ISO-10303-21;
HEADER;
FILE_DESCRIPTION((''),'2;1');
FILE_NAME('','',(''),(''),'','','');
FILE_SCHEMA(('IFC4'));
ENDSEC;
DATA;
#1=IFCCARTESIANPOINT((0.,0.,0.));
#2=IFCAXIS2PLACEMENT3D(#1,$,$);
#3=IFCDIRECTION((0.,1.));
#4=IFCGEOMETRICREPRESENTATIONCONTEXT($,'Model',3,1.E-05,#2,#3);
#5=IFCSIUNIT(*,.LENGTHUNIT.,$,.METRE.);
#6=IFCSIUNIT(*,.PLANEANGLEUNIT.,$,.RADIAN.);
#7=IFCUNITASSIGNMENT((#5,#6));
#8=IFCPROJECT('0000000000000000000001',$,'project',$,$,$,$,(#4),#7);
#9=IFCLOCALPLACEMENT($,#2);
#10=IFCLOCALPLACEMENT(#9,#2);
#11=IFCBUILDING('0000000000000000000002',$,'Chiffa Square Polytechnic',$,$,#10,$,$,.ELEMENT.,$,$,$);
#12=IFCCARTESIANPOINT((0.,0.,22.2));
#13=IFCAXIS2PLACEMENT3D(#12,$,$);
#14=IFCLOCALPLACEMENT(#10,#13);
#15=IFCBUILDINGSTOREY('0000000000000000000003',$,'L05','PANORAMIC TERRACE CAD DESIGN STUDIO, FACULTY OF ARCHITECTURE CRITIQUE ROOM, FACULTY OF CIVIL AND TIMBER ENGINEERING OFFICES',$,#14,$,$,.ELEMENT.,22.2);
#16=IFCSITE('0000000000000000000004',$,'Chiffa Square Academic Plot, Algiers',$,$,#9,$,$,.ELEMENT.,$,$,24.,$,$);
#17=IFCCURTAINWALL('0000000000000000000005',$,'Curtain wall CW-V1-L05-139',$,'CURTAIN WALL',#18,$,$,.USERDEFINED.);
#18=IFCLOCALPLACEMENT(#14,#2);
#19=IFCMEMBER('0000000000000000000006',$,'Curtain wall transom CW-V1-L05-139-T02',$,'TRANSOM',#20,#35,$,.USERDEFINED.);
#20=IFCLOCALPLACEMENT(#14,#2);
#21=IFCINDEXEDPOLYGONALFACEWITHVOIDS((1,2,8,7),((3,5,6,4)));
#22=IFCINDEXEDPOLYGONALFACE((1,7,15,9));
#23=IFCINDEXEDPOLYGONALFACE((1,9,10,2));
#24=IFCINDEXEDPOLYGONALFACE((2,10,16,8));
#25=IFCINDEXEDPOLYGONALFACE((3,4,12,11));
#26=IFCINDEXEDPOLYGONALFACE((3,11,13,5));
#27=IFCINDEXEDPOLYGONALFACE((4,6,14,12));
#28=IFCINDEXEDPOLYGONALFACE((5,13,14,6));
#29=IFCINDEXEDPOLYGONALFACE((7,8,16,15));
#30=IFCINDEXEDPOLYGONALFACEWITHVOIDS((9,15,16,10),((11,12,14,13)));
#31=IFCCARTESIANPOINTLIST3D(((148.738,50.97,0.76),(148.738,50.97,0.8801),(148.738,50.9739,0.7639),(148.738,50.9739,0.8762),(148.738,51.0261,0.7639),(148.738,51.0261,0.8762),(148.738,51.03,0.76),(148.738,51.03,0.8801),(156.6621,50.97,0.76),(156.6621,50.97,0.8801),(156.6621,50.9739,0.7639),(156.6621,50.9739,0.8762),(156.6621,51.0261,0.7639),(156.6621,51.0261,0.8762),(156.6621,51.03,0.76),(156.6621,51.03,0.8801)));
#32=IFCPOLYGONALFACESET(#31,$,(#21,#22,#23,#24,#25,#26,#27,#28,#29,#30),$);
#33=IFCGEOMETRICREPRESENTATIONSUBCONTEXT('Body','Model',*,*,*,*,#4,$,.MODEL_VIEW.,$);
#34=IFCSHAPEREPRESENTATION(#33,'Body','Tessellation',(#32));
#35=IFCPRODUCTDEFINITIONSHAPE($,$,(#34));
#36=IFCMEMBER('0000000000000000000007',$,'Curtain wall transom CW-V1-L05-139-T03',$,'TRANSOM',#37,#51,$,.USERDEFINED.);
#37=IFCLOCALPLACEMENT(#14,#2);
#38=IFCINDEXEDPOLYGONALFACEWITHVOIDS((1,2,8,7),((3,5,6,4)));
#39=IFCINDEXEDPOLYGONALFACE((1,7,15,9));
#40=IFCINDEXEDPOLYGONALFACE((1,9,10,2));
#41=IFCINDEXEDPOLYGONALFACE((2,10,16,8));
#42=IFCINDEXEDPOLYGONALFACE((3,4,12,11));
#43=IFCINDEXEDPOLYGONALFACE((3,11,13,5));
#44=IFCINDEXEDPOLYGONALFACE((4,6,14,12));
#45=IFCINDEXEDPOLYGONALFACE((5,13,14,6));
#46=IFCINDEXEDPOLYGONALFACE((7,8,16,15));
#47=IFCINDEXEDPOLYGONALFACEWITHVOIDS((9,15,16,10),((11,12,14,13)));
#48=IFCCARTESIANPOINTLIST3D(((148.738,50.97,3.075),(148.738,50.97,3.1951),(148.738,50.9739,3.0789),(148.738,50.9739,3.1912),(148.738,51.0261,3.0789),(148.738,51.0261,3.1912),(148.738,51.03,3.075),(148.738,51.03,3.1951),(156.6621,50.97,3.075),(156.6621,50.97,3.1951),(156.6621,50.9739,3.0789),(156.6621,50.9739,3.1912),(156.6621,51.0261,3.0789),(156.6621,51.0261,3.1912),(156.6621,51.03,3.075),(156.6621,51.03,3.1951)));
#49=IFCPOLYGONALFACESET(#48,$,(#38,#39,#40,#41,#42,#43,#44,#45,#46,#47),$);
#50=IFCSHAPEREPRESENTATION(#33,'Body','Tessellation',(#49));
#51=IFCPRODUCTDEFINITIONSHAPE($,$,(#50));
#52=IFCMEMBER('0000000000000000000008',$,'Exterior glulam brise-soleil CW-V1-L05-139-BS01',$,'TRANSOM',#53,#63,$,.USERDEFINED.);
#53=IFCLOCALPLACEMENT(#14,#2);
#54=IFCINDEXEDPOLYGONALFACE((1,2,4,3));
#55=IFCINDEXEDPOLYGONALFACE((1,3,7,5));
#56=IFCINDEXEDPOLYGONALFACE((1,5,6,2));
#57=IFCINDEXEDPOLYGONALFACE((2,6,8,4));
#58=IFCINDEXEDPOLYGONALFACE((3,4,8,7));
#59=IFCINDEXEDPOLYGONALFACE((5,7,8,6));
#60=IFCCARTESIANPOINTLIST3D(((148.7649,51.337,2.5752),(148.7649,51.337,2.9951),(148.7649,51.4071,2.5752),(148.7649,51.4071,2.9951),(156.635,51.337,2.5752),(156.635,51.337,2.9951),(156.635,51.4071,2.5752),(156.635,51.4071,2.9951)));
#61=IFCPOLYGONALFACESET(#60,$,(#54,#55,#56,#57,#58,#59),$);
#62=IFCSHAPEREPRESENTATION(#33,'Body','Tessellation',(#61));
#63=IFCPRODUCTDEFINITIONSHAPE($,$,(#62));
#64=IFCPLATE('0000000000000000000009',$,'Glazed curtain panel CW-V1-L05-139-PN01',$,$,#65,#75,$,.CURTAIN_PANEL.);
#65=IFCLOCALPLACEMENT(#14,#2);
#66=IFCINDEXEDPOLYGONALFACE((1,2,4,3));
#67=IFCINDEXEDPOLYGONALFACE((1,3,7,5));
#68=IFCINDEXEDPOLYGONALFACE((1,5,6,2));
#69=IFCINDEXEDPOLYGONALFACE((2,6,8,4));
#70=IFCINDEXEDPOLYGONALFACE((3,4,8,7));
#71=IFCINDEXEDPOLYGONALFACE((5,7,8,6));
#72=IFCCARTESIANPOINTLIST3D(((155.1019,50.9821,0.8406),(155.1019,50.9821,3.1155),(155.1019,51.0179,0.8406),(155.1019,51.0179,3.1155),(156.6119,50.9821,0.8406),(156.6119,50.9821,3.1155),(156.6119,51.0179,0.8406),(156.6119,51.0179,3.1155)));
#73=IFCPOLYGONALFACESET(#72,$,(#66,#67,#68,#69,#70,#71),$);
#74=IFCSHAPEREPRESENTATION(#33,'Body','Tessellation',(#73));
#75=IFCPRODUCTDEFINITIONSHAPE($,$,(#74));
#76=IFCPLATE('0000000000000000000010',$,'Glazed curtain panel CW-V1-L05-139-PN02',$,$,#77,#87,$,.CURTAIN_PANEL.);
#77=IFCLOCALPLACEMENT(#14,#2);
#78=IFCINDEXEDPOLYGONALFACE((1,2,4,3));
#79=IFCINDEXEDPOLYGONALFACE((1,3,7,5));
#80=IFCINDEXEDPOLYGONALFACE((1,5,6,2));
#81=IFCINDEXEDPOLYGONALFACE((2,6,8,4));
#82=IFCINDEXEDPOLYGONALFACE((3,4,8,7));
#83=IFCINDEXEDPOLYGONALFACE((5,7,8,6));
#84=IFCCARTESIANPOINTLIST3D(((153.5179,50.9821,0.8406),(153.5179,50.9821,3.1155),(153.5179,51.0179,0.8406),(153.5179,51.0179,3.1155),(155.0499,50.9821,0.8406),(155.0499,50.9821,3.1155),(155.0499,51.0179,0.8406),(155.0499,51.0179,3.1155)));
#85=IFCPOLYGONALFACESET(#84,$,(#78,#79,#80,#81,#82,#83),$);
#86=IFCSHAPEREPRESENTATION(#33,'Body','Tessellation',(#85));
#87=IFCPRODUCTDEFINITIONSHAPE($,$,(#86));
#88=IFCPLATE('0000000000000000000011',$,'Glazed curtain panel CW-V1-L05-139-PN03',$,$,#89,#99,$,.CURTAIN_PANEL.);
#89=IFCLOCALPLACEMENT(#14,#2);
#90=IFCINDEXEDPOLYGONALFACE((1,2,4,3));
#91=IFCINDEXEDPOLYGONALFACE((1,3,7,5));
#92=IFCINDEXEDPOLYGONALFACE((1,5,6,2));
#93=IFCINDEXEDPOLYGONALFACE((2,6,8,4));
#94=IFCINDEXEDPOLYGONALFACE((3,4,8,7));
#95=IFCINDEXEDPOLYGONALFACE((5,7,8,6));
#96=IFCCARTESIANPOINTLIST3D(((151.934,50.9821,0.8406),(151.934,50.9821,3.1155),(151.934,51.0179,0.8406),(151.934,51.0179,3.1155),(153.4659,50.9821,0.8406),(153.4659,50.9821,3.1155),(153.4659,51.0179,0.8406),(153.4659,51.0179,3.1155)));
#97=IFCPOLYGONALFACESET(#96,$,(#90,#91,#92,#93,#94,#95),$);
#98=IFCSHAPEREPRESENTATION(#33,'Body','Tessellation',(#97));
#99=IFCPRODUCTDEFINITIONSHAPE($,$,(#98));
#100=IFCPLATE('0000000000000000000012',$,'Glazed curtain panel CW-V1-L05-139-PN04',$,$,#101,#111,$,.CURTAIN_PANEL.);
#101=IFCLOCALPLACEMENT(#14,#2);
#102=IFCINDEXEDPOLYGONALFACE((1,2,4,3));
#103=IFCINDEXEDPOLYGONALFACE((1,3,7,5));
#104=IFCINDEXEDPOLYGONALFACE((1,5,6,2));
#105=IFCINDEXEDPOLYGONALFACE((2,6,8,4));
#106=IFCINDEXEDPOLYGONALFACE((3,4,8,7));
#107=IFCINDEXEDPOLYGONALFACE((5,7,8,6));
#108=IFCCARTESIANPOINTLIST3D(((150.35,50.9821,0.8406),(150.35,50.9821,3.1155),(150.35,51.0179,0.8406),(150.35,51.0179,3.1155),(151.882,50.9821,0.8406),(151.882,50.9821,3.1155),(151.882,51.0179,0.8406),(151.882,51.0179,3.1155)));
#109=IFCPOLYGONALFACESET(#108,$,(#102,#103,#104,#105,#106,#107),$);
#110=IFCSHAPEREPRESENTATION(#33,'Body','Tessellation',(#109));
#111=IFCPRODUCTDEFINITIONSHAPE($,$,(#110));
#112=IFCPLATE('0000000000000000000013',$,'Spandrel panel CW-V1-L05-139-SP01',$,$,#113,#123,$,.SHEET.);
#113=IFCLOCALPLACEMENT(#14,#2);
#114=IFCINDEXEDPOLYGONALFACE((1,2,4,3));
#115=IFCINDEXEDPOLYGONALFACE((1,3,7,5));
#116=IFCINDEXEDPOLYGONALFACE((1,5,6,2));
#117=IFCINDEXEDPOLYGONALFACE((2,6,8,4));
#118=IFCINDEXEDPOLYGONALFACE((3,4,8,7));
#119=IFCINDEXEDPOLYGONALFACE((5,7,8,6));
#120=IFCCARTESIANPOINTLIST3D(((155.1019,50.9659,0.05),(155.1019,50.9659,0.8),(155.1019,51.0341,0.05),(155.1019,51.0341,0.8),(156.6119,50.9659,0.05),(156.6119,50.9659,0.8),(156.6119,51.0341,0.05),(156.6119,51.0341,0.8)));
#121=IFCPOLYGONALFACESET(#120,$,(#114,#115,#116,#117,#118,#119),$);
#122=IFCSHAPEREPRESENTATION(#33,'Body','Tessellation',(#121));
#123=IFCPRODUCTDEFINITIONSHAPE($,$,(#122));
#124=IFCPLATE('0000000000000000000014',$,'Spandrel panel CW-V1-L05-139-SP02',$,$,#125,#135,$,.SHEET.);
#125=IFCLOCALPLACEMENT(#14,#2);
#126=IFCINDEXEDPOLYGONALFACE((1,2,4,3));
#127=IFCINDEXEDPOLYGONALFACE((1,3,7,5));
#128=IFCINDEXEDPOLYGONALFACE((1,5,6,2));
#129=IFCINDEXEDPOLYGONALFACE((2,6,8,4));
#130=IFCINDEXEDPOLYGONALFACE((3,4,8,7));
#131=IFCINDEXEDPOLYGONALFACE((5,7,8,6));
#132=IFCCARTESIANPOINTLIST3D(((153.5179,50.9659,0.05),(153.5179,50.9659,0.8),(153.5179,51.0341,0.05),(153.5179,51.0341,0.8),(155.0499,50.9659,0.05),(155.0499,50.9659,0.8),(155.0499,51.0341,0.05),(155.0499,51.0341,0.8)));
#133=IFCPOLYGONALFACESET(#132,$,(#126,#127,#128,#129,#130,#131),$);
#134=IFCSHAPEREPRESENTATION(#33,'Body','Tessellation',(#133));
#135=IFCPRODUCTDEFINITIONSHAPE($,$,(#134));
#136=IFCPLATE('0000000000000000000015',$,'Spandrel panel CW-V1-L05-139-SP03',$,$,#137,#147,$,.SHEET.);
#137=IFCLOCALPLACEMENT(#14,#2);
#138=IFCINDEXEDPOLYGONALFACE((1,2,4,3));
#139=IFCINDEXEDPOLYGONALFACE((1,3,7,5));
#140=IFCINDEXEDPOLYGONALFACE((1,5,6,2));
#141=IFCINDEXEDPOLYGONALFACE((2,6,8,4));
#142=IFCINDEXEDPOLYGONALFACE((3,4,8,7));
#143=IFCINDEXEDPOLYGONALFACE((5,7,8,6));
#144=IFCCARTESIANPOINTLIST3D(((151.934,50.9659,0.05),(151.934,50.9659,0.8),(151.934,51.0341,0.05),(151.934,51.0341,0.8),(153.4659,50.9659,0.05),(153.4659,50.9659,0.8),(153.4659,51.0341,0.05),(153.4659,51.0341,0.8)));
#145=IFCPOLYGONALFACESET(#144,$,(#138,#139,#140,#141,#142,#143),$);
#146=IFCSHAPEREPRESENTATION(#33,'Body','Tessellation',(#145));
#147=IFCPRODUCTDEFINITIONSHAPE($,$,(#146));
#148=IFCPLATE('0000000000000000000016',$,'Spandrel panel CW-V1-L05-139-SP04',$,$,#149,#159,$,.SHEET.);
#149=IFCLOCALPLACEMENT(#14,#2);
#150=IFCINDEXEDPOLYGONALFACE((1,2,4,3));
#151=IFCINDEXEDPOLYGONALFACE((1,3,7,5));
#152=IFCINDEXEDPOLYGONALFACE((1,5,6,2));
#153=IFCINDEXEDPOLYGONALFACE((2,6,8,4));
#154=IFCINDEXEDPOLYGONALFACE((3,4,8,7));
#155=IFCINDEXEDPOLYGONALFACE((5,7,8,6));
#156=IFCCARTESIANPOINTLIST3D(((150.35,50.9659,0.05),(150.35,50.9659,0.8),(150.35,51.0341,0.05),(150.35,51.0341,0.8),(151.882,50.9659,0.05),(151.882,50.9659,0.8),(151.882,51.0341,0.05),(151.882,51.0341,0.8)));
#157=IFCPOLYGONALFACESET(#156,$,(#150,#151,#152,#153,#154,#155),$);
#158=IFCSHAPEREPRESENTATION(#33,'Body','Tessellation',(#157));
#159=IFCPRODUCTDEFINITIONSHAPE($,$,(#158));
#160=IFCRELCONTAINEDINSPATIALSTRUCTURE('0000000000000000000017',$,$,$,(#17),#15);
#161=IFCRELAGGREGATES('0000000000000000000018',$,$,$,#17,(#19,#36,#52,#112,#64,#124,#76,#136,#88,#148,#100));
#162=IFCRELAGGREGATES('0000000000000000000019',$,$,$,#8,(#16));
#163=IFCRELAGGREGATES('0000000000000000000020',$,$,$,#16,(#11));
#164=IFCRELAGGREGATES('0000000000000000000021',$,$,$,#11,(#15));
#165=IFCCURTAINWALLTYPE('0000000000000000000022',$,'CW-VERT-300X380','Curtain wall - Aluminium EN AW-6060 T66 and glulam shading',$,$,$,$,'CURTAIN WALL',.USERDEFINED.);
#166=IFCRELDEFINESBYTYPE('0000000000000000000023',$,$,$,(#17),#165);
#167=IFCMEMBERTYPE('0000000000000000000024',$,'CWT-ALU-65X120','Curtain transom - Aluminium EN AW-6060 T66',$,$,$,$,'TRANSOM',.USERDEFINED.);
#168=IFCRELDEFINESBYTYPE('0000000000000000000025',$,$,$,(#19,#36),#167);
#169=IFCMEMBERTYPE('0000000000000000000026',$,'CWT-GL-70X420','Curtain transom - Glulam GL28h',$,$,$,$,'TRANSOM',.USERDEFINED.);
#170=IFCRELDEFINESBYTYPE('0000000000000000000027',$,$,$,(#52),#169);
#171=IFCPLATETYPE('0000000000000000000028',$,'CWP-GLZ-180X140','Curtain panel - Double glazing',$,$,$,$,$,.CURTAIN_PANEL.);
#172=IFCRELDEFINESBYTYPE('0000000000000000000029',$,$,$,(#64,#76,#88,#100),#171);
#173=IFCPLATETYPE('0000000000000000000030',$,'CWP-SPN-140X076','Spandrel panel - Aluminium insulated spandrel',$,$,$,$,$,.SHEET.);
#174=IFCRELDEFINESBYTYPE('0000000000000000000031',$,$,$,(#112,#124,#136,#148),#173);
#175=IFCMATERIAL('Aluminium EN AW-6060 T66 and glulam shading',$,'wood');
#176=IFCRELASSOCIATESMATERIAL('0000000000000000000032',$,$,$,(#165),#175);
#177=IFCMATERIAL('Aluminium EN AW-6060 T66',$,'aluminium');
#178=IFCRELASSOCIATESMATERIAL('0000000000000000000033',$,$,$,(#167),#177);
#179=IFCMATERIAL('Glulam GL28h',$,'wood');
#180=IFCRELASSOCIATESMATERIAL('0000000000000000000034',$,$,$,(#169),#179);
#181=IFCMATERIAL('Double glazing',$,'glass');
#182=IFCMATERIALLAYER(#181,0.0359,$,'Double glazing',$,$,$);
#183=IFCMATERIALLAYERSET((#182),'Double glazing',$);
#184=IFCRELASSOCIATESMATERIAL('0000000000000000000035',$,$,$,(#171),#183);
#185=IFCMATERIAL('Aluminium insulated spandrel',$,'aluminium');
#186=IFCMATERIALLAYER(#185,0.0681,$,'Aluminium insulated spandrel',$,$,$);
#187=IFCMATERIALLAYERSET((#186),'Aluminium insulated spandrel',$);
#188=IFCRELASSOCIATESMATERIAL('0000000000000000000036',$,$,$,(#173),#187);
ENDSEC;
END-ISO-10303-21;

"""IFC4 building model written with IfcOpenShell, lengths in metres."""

from ifc_helpers import new_model, si_unit, direction, frame, origin, origin_2d, place, context, subcontext, project, spatial, rectangle, hollow_rectangle, extrude, material, layer, layer_set, material_profile, profile_set, type_object, element, aggregate, save


model = new_model("IFC4")

# Units and contexts
model_context = context("Model", 3, precision=1e-05, world=origin(), true_north=direction((0.0, 1.0)))
body_context = subcontext(model_context, "Body", "Model", "MODEL_VIEW")
ifc_project = project(units=[si_unit("LENGTHUNIT", "METRE"), si_unit("PLANEANGLEUNIT", "RADIAN")], contexts=[model_context])

# Site, building, storey
site_placement = place(None, origin())
site = spatial("IfcSite", under=ifc_project, at=site_placement, Name="Chiffa Square Academic Plot, Algiers", CompositionType="ELEMENT", RefElevation=24.0)
building_placement = place(site_placement, origin())
building = spatial("IfcBuilding", under=site, at=building_placement, Name="Chiffa Square Polytechnic", CompositionType="ELEMENT")
storey_placement = place(building_placement, frame((0.0, 0.0, 22.2)))
storey = spatial("IfcBuildingStorey", under=building, at=storey_placement, Name="L05", Description="PANORAMIC TERRACE CAD DESIGN STUDIO, FACULTY OF ARCHITECTURE CRITIQUE ROOM, FACULTY OF CIVIL AND TIMBER ENGINEERING OFFICES", CompositionType="ELEMENT", Elevation=22.2)

# Curtain wall, members, plates
ifc_material_1 = material(Name="Aluminium EN AW-6060 T66 and glulam shading", Category="wood")
curtain_wall_type = type_object("IfcCurtainWallType", Name="CW-VERT-300X380", Description="Curtain wall - Aluminium EN AW-6060 T66 and glulam shading", ElementType="CURTAIN WALL", PredefinedType="USERDEFINED", material=ifc_material_1)
curtain_wall_placement = place(storey_placement, origin())
curtain_wall = element("IfcCurtainWall", 1, at=curtain_wall_placement, inside=storey, type_object=curtain_wall_type, Name="Curtain wall CW-V1-L05-139", ObjectType="CURTAIN WALL", PredefinedType="USERDEFINED")
ifc_material_2 = material(Name="Aluminium EN AW-6060 T66", Category="aluminium")
ifc_material_3 = material(Name="Glulam GL28h", Category="wood")
ifc_material_profile_1 = material_profile(ifc_material_2, hollow_rectangle(XDim=0.0601, YDim=0.1201, WallThickness=0.0039, at=origin_2d()), Name="ALU 60x120x4")
ifc_profile_set_1 = profile_set([ifc_material_profile_1], Name="Aluminium EN AW-6060 T66")
member_type_1 = type_object("IfcMemberType", Name="CWT-ALU-65X120", Description="Curtain transom - Aluminium EN AW-6060 T66", ElementType="TRANSOM", PredefinedType="USERDEFINED", material=ifc_profile_set_1)
member_1_placement = place(storey_placement, frame((156.6621, 51.0, 0.8201), z_axis=(-1.0, 0.0, 0.0), x_axis=(0.0, -1.0, 0.0)))
member_1 = element("IfcMember", 2, at=member_1_placement, type_object=member_type_1, Name="Curtain wall transom CW-V1-L05-139-T02", ObjectType="TRANSOM", PredefinedType="USERDEFINED", context=body_context, shape_type="SweptSolid", body=[
    extrude(hollow_rectangle(XDim=0.0601, YDim=0.1201, WallThickness=0.0039, at=origin_2d()), origin(), (0.0, 0.0, 1.0), 7.9241),
])
member_2_placement = place(storey_placement, frame((156.6621, 51.0, 3.135), z_axis=(-1.0, 0.0, 0.0), x_axis=(0.0, -1.0, 0.0)))
member_2 = element("IfcMember", 3, at=member_2_placement, type_object=member_type_1, Name="Curtain wall transom CW-V1-L05-139-T03", ObjectType="TRANSOM", PredefinedType="USERDEFINED", context=body_context, shape_type="SweptSolid", body=[
    extrude(hollow_rectangle(XDim=0.0601, YDim=0.1201, WallThickness=0.0039, at=origin_2d()), origin(), (0.0, 0.0, 1.0), 7.9241),
])
ifc_material_profile_2 = material_profile(ifc_material_3, rectangle(XDim=0.0701, YDim=0.4199, at=origin_2d()), Name="GL28h 70x420")
ifc_profile_set_2 = profile_set([ifc_material_profile_2], Name="Glulam GL28h")
member_type_2 = type_object("IfcMemberType", Name="CWT-GL-70X420", Description="Curtain transom - Glulam GL28h", ElementType="TRANSOM", PredefinedType="USERDEFINED", material=ifc_profile_set_2)
member_3_placement = place(storey_placement, frame((156.635, 51.3721, 2.7852), z_axis=(-1.0, 0.0, 0.0), x_axis=(0.0, -1.0, 0.0)))
member_3 = element("IfcMember", 4, at=member_3_placement, type_object=member_type_2, Name="Exterior glulam brise-soleil CW-V1-L05-139-BS01", ObjectType="TRANSOM", PredefinedType="USERDEFINED", context=body_context, shape_type="SweptSolid", body=[
    extrude(rectangle(XDim=0.0701, YDim=0.4199, at=origin_2d()), origin(), (0.0, 0.0, 1.0), 7.8701),
])
ifc_material_4 = material(Name="Double glazing", Category="glass")
ifc_layer_1 = layer(ifc_material_4, 0.0359, Name="Double glazing")
ifc_layer_set_1 = layer_set([ifc_layer_1], Name="Double glazing")
plate_type_1 = type_object("IfcPlateType", Name="CWP-GLZ-180X140", Description="Curtain panel - Double glazing", PredefinedType="CURTAIN_PANEL", material=ifc_layer_set_1)
plate_1_placement = place(storey_placement, frame((155.8569, 51.0, 0.8406), z_axis=(0.0, 0.0, 1.0), x_axis=(-1.0, 0.0, 0.0)))
plate_1 = element("IfcPlate", 5, at=plate_1_placement, type_object=plate_type_1, Name="Glazed curtain panel CW-V1-L05-139-PN01", PredefinedType="CURTAIN_PANEL", context=body_context, shape_type="SweptSolid", body=[
    extrude(rectangle(XDim=1.51, YDim=0.0359, at=origin_2d()), origin(), (0.0, 0.0, 1.0), 2.2749),
])
plate_2_placement = place(storey_placement, frame((154.2839, 51.0, 0.8406), z_axis=(0.0, 0.0, 1.0), x_axis=(-1.0, 0.0, 0.0)))
plate_2 = element("IfcPlate", 6, at=plate_2_placement, type_object=plate_type_1, Name="Glazed curtain panel CW-V1-L05-139-PN02", PredefinedType="CURTAIN_PANEL", context=body_context, shape_type="SweptSolid", body=[
    extrude(rectangle(XDim=1.532, YDim=0.0359, at=origin_2d()), origin(), (0.0, 0.0, 1.0), 2.2749),
])
plate_3_placement = place(storey_placement, frame((152.7, 51.0, 0.8406), z_axis=(0.0, 0.0, 1.0), x_axis=(-1.0, 0.0, 0.0)))
plate_3 = element("IfcPlate", 7, at=plate_3_placement, type_object=plate_type_1, Name="Glazed curtain panel CW-V1-L05-139-PN03", PredefinedType="CURTAIN_PANEL", context=body_context, shape_type="SweptSolid", body=[
    extrude(rectangle(XDim=1.532, YDim=0.0359, at=origin_2d()), origin(), (0.0, 0.0, 1.0), 2.2749),
])
plate_4_placement = place(storey_placement, frame((151.116, 51.0, 0.8406), z_axis=(0.0, 0.0, 1.0), x_axis=(-1.0, 0.0, 0.0)))
plate_4 = element("IfcPlate", 8, at=plate_4_placement, type_object=plate_type_1, Name="Glazed curtain panel CW-V1-L05-139-PN04", PredefinedType="CURTAIN_PANEL", context=body_context, shape_type="SweptSolid", body=[
    extrude(rectangle(XDim=1.532, YDim=0.0359, at=origin_2d()), origin(), (0.0, 0.0, 1.0), 2.2749),
])
ifc_material_5 = material(Name="Aluminium insulated spandrel", Category="aluminium")
ifc_layer_2 = layer(ifc_material_5, 0.0681, Name="Aluminium insulated spandrel")
ifc_layer_set_2 = layer_set([ifc_layer_2], Name="Aluminium insulated spandrel")
plate_type_2 = type_object("IfcPlateType", Name="CWP-SPN-140X076", Description="Spandrel panel - Aluminium insulated spandrel", PredefinedType="SHEET", material=ifc_layer_set_2)
plate_5_placement = place(storey_placement, frame((155.8569, 51.0, 0.05), z_axis=(0.0, 0.0, 1.0), x_axis=(-1.0, 0.0, 0.0)))
plate_5 = element("IfcPlate", 9, at=plate_5_placement, type_object=plate_type_2, Name="Spandrel panel CW-V1-L05-139-SP01", PredefinedType="SHEET", context=body_context, shape_type="SweptSolid", body=[
    extrude(rectangle(XDim=1.51, YDim=0.0681, at=origin_2d()), origin(), (0.0, 0.0, 1.0), 0.75),
])
plate_6_placement = place(storey_placement, frame((154.2839, 51.0, 0.05), z_axis=(0.0, 0.0, 1.0), x_axis=(-1.0, 0.0, 0.0)))
plate_6 = element("IfcPlate", 10, at=plate_6_placement, type_object=plate_type_2, Name="Spandrel panel CW-V1-L05-139-SP02", PredefinedType="SHEET", context=body_context, shape_type="SweptSolid", body=[
    extrude(rectangle(XDim=1.532, YDim=0.0681, at=origin_2d()), origin(), (0.0, 0.0, 1.0), 0.75),
])
plate_7_placement = place(storey_placement, frame((152.7, 51.0, 0.05), z_axis=(0.0, 0.0, 1.0), x_axis=(-1.0, 0.0, 0.0)))
plate_7 = element("IfcPlate", 11, at=plate_7_placement, type_object=plate_type_2, Name="Spandrel panel CW-V1-L05-139-SP03", PredefinedType="SHEET", context=body_context, shape_type="SweptSolid", body=[
    extrude(rectangle(XDim=1.532, YDim=0.0681, at=origin_2d()), origin(), (0.0, 0.0, 1.0), 0.75),
])
plate_8_placement = place(storey_placement, frame((151.116, 51.0, 0.05), z_axis=(0.0, 0.0, 1.0), x_axis=(-1.0, 0.0, 0.0)))
plate_8 = element("IfcPlate", 12, at=plate_8_placement, type_object=plate_type_2, Name="Spandrel panel CW-V1-L05-139-SP04", PredefinedType="SHEET", context=body_context, shape_type="SweptSolid", body=[
    extrude(rectangle(XDim=1.532, YDim=0.0681, at=origin_2d()), origin(), (0.0, 0.0, 1.0), 0.75),
])
aggregate(curtain_wall, [member_1, member_2, member_3, plate_5, plate_1, plate_6, plate_2, plate_7, plate_3, plate_8, plate_4])

save(model, "model.ifc")
